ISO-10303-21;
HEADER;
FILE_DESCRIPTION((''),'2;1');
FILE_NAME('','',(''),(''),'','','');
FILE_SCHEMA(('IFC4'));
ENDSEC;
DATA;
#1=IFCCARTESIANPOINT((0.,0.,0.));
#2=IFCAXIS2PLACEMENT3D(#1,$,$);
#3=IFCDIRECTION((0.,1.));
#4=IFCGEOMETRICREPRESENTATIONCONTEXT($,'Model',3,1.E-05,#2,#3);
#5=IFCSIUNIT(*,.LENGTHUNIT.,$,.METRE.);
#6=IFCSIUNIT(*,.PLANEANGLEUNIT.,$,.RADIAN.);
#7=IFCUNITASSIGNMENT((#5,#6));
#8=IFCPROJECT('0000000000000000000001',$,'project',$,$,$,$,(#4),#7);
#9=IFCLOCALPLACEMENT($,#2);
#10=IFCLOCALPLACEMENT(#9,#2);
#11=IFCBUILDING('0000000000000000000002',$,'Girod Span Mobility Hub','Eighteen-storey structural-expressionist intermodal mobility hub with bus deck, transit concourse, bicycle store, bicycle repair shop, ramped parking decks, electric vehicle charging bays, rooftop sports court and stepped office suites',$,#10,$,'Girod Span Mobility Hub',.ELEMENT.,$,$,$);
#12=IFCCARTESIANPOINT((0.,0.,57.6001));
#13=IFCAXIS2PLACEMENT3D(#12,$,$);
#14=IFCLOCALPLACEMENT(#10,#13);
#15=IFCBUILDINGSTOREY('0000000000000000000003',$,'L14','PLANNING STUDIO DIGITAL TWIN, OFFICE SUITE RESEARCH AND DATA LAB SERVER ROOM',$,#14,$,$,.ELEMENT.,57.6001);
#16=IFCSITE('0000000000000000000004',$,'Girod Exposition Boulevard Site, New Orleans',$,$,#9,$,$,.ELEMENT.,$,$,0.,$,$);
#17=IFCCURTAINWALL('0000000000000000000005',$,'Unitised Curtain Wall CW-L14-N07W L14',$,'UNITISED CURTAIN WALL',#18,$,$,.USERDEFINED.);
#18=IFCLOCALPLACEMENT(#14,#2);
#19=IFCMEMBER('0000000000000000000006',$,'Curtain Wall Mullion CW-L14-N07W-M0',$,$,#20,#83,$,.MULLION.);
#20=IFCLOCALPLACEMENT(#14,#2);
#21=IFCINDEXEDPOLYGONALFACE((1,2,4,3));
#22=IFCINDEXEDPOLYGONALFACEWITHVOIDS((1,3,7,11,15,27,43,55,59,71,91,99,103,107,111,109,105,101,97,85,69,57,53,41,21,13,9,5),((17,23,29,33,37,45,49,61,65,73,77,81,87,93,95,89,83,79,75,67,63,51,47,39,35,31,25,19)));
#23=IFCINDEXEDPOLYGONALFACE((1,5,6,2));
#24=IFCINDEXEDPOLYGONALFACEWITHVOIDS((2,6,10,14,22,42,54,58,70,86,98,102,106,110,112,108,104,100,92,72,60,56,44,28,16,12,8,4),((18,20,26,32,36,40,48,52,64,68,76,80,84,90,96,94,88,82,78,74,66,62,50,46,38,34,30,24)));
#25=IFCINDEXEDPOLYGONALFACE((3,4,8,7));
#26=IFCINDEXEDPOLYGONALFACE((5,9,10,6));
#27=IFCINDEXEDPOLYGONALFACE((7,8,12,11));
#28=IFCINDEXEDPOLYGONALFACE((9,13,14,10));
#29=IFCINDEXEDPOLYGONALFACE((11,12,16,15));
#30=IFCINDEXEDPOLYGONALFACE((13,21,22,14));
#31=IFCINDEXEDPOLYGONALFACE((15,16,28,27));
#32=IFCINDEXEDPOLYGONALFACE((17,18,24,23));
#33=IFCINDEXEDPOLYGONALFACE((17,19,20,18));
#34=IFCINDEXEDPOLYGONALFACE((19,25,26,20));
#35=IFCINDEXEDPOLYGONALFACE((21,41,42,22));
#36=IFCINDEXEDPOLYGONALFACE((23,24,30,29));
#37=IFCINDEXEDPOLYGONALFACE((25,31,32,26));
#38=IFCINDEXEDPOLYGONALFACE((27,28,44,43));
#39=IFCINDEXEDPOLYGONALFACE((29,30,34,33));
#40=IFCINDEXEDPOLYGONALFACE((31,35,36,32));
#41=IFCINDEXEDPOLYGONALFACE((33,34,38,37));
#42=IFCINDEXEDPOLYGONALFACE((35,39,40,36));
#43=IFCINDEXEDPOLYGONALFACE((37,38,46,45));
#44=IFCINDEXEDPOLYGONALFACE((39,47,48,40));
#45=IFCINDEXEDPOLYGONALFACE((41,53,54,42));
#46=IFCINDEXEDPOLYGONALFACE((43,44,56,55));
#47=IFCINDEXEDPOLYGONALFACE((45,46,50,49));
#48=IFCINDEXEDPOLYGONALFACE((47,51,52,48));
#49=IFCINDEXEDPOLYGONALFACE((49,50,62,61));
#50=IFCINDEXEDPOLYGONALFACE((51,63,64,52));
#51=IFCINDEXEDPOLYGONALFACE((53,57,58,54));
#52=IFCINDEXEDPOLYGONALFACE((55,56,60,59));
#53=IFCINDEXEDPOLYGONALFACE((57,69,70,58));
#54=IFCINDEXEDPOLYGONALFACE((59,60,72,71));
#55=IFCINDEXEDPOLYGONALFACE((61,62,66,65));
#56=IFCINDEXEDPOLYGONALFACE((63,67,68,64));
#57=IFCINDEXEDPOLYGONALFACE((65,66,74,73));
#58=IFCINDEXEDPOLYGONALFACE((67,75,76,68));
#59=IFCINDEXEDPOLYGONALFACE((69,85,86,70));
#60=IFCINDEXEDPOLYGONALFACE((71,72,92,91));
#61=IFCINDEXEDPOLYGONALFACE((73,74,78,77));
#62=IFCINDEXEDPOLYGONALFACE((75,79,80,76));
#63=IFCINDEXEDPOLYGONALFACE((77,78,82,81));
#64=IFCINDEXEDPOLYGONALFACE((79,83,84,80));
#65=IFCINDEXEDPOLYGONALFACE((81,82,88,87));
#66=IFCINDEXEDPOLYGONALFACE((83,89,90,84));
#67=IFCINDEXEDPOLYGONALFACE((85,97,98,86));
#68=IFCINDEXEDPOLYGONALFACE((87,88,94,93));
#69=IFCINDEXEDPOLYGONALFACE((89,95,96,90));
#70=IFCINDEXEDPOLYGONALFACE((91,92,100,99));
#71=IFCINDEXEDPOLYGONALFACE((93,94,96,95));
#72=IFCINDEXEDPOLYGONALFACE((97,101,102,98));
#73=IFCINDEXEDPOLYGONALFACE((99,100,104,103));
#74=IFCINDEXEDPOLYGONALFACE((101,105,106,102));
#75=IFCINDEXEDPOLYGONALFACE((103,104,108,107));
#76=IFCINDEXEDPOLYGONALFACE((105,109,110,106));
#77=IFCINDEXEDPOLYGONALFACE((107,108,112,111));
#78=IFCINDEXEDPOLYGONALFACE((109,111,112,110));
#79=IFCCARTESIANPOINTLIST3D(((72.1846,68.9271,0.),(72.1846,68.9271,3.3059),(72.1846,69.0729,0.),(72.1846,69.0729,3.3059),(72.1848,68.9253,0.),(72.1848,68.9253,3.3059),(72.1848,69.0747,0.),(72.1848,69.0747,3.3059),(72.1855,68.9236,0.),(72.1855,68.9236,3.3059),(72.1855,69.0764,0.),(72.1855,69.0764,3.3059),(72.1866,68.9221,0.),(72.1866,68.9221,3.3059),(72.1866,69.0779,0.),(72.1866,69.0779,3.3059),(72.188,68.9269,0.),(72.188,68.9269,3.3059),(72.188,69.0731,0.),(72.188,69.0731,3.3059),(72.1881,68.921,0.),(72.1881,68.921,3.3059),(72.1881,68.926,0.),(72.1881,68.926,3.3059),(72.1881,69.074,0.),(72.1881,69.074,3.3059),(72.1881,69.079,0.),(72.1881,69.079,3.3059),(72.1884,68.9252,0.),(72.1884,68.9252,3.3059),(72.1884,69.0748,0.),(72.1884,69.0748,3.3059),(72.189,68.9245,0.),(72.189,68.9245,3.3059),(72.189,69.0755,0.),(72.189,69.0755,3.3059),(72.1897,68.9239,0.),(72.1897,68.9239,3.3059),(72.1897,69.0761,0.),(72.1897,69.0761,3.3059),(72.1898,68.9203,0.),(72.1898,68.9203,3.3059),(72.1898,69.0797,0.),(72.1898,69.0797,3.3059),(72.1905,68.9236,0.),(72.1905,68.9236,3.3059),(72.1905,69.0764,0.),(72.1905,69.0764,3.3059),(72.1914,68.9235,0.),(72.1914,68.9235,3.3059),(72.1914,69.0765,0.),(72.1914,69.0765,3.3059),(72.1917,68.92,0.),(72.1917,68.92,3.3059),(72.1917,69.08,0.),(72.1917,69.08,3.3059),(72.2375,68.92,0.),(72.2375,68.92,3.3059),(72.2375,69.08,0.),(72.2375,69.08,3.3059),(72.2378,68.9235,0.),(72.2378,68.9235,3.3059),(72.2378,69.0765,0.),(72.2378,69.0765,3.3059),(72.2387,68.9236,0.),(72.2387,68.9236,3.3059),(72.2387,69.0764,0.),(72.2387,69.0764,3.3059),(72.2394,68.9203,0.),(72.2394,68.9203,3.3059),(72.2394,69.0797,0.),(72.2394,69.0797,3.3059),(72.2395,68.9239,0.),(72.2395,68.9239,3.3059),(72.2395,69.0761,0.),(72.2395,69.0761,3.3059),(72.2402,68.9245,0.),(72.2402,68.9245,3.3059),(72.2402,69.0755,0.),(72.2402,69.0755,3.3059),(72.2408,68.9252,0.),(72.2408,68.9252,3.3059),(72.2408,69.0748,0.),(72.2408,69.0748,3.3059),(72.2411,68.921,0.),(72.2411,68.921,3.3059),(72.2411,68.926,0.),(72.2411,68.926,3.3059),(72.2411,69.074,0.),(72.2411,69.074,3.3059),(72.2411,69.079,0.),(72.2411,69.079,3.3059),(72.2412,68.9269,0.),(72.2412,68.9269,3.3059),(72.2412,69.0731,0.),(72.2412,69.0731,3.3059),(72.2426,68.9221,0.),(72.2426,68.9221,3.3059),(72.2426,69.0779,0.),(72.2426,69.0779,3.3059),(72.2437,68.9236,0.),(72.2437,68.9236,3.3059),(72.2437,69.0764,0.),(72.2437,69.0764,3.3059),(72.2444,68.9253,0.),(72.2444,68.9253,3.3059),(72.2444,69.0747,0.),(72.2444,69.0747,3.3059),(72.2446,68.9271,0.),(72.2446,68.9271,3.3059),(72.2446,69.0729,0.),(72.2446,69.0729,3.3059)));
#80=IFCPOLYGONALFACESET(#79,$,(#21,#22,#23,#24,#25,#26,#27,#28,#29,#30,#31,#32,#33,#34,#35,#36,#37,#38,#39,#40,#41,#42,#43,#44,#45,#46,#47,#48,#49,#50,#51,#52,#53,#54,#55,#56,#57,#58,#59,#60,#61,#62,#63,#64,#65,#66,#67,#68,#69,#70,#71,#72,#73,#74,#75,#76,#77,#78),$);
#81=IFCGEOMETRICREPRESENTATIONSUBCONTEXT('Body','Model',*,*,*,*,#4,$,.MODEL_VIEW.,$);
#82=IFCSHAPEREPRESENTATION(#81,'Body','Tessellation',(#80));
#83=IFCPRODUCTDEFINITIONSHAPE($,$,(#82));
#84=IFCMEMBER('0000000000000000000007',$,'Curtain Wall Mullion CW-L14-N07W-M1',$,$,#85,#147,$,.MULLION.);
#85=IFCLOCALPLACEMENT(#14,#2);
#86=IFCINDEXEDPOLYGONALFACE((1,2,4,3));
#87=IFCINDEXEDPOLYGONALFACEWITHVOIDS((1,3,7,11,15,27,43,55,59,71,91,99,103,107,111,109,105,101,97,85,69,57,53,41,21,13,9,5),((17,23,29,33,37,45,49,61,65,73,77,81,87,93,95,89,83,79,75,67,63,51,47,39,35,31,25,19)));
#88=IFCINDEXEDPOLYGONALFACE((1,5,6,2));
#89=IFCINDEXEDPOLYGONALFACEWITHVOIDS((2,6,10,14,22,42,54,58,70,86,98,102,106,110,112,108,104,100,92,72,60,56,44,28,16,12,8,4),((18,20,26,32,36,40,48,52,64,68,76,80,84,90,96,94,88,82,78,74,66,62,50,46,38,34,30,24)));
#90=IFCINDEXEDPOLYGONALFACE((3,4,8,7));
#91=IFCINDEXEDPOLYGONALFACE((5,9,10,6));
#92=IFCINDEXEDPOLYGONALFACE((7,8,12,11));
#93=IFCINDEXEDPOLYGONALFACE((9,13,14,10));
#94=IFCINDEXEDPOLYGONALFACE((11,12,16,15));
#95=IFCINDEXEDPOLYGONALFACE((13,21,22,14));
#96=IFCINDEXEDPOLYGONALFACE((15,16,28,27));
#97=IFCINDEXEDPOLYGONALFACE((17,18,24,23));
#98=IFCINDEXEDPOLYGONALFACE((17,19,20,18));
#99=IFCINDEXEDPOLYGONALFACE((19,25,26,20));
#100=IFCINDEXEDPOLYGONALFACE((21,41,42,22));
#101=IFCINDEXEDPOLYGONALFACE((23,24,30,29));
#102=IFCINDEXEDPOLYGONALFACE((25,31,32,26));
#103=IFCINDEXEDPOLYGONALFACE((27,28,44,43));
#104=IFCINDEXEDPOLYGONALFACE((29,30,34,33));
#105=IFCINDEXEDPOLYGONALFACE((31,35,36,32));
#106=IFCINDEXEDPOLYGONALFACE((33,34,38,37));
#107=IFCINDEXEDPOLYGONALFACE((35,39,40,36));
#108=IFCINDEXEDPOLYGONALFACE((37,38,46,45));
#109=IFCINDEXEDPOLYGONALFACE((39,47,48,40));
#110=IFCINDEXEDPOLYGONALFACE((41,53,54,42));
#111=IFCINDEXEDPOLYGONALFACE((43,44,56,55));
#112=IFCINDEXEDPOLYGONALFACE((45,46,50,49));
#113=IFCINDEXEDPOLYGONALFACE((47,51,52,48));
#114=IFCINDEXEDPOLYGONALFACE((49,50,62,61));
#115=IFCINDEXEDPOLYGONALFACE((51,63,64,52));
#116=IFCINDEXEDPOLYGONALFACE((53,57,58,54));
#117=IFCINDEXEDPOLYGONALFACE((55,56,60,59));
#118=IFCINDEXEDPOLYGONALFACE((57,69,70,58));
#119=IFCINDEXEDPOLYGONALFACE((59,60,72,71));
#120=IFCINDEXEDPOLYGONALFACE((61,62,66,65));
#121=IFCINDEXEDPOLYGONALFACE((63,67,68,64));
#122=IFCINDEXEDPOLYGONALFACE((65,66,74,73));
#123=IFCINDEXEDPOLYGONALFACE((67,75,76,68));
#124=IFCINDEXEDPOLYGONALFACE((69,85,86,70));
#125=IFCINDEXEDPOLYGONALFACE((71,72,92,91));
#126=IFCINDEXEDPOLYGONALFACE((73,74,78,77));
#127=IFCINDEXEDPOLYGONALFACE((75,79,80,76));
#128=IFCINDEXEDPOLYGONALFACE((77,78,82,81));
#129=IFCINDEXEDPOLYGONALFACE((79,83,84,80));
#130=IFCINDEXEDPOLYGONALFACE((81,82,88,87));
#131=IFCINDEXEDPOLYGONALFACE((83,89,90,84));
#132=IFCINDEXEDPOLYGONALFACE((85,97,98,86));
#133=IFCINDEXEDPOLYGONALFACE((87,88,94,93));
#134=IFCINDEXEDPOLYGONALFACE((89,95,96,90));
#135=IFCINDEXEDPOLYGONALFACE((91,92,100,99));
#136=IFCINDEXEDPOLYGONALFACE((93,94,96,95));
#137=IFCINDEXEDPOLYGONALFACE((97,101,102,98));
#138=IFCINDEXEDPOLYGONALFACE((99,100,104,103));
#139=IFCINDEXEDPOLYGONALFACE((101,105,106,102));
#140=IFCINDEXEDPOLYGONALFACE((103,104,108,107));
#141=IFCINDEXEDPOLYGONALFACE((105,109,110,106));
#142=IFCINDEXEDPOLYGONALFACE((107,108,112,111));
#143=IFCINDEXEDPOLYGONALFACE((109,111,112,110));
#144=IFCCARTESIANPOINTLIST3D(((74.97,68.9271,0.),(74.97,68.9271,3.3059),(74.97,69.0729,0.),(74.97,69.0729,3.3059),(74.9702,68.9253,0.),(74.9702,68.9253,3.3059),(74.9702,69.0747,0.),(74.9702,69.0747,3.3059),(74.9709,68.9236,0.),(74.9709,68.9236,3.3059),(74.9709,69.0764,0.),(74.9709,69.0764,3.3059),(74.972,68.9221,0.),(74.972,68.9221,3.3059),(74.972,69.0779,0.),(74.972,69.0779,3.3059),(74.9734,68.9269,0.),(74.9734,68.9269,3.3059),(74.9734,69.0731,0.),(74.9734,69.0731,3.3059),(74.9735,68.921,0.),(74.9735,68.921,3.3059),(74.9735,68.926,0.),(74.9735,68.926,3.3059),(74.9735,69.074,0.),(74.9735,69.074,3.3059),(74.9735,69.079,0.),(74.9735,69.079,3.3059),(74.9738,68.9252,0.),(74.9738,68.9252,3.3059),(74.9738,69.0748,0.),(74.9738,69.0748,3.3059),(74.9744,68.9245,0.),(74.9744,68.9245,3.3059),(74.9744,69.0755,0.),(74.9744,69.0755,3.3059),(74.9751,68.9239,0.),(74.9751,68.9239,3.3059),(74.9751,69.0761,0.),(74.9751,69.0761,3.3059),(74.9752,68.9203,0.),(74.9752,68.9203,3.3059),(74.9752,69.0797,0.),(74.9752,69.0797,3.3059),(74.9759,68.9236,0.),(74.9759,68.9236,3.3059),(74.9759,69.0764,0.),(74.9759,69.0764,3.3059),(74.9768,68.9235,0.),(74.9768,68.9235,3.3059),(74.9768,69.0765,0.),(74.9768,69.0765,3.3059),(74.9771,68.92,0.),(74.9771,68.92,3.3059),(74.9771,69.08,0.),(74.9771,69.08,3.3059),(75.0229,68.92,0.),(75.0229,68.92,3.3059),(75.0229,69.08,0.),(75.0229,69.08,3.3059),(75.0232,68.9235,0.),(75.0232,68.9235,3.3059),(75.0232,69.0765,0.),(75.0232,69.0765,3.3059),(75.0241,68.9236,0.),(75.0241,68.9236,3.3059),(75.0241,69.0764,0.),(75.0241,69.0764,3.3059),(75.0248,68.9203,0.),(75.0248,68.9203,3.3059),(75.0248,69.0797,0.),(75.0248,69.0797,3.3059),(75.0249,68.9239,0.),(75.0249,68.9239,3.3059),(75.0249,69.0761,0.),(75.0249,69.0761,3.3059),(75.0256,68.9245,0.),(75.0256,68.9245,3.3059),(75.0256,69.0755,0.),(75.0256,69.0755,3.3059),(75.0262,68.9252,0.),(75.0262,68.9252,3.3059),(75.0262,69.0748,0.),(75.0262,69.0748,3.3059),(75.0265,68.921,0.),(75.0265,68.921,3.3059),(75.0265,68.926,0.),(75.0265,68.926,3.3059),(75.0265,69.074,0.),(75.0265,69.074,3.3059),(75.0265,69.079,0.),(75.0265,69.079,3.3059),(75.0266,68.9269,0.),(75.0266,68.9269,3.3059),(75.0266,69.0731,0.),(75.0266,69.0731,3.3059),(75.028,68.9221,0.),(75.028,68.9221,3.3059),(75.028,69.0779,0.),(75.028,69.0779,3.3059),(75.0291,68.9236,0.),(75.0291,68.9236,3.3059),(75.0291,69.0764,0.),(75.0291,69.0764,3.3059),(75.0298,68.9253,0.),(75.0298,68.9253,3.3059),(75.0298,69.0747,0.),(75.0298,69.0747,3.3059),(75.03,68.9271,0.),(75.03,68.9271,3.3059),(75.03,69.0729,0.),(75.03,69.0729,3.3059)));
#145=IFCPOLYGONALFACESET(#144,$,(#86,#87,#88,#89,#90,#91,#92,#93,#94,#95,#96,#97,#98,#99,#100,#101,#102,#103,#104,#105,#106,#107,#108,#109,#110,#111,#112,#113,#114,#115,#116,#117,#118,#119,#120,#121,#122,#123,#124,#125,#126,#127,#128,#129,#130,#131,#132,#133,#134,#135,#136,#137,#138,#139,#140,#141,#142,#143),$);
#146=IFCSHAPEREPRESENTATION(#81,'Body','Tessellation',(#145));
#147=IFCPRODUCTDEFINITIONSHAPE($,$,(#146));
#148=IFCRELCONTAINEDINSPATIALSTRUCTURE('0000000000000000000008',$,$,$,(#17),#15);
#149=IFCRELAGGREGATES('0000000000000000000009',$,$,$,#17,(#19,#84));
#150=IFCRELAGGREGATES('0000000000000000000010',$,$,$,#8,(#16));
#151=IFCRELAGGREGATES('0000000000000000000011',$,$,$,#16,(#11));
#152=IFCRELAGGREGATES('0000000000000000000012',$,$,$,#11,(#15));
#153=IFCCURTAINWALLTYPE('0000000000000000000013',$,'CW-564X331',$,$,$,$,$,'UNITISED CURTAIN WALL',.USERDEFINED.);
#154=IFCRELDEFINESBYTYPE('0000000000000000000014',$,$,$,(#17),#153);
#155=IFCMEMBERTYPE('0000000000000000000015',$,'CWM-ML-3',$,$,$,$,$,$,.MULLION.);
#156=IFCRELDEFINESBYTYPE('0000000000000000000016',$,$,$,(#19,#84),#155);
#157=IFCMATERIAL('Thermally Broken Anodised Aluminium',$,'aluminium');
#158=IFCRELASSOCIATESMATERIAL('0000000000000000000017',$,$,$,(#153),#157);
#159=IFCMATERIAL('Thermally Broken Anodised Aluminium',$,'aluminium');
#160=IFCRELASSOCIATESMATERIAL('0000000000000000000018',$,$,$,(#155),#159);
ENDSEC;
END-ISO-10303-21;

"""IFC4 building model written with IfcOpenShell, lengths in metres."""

from ifc_helpers import new_model, si_unit, direction, frame, origin, origin_2d, place, context, subcontext, project, spatial, hollow_rectangle, extrude, material, material_profile, profile_set, type_object, element, aggregate, save


model = new_model("IFC4")

# Units and contexts
model_context = context("Model", 3, precision=1e-05, world=origin(), true_north=direction((0.0, 1.0)))
body_context = subcontext(model_context, "Body", "Model", "MODEL_VIEW")
ifc_project = project(units=[si_unit("LENGTHUNIT", "METRE"), si_unit("PLANEANGLEUNIT", "RADIAN")], contexts=[model_context])

# Site, building, storey
site_placement = place(None, origin())
site = spatial("IfcSite", under=ifc_project, at=site_placement, Name="Girod Exposition Boulevard Site, New Orleans", CompositionType="ELEMENT", RefElevation=0.0)
building_placement = place(site_placement, origin())
building = spatial("IfcBuilding", under=site, at=building_placement, Name="Girod Span Mobility Hub", Description="Eighteen-storey structural-expressionist intermodal mobility hub with bus deck, transit concourse, bicycle store, bicycle repair shop, ramped parking decks, electric vehicle charging bays, rooftop sports court and stepped office suites", LongName="Girod Span Mobility Hub", CompositionType="ELEMENT")
storey_placement = place(building_placement, frame((0.0, 0.0, 57.6001)))
storey = spatial("IfcBuildingStorey", under=building, at=storey_placement, Name="L14", Description="PLANNING STUDIO DIGITAL TWIN, OFFICE SUITE RESEARCH AND DATA LAB SERVER ROOM", CompositionType="ELEMENT", Elevation=57.6001)

# Curtain wall, members
ifc_material_1 = material(Name="Thermally Broken Anodised Aluminium", Category="aluminium")
curtain_wall_type = type_object("IfcCurtainWallType", Name="CW-564X331", ElementType="UNITISED CURTAIN WALL", PredefinedType="USERDEFINED", material=ifc_material_1)
ifc_material_2 = material(Name="Thermally Broken Anodised Aluminium", Category="aluminium")
ifc_material_profile_1 = material_profile(ifc_material_2, hollow_rectangle(XDim=0.1599, YDim=0.0601, WallThickness=0.0034, InnerFilletRadius=0.0034, OuterFilletRadius=0.0071, at=origin_2d()), Name="CW-ML-60X160")
ifc_profile_set_1 = profile_set([ifc_material_profile_1], Name="Thermally Broken Anodised Aluminium")
member_type_1 = type_object("IfcMemberType", Name="CWM-ML-3", PredefinedType="MULLION", material=ifc_profile_set_1)
curtain_wall_1_placement = place(storey_placement, origin())
curtain_wall_1 = element("IfcCurtainWall", 1, at=curtain_wall_1_placement, inside=storey, type_object=curtain_wall_type, Name="Unitised Curtain Wall CW-L14-N07W L14", ObjectType="UNITISED CURTAIN WALL", PredefinedType="USERDEFINED")
member_1_placement = place(storey_placement, frame((72.2146, 69.0, 0.0), z_axis=(0.0, 0.0, 1.0), x_axis=(0.0, 1.0, 0.0)))
member_1 = element("IfcMember", 2, at=member_1_placement, type_object=member_type_1, Name="Curtain Wall Mullion CW-L14-N07W-M0", PredefinedType="MULLION", context=body_context, shape_type="SweptSolid", body=[
    extrude(hollow_rectangle(XDim=0.1599, YDim=0.0601, WallThickness=0.0034, InnerFilletRadius=0.0034, OuterFilletRadius=0.0071, at=origin_2d()), origin(), (0.0, 0.0, 1.0), 3.3059),
])
member_2_placement = place(storey_placement, frame((75.0, 69.0, 0.0), z_axis=(0.0, 0.0, 1.0), x_axis=(0.0, 1.0, 0.0)))
member_2 = element("IfcMember", 3, at=member_2_placement, type_object=member_type_1, Name="Curtain Wall Mullion CW-L14-N07W-M1", PredefinedType="MULLION", context=body_context, shape_type="SweptSolid", body=[
    extrude(hollow_rectangle(XDim=0.1599, YDim=0.0601, WallThickness=0.0034, InnerFilletRadius=0.0034, OuterFilletRadius=0.0071, at=origin_2d()), origin(), (0.0, 0.0, 1.0), 3.3059),
])

aggregate(curtain_wall_1, [member_1, member_2])

save(model, "model.ifc")
